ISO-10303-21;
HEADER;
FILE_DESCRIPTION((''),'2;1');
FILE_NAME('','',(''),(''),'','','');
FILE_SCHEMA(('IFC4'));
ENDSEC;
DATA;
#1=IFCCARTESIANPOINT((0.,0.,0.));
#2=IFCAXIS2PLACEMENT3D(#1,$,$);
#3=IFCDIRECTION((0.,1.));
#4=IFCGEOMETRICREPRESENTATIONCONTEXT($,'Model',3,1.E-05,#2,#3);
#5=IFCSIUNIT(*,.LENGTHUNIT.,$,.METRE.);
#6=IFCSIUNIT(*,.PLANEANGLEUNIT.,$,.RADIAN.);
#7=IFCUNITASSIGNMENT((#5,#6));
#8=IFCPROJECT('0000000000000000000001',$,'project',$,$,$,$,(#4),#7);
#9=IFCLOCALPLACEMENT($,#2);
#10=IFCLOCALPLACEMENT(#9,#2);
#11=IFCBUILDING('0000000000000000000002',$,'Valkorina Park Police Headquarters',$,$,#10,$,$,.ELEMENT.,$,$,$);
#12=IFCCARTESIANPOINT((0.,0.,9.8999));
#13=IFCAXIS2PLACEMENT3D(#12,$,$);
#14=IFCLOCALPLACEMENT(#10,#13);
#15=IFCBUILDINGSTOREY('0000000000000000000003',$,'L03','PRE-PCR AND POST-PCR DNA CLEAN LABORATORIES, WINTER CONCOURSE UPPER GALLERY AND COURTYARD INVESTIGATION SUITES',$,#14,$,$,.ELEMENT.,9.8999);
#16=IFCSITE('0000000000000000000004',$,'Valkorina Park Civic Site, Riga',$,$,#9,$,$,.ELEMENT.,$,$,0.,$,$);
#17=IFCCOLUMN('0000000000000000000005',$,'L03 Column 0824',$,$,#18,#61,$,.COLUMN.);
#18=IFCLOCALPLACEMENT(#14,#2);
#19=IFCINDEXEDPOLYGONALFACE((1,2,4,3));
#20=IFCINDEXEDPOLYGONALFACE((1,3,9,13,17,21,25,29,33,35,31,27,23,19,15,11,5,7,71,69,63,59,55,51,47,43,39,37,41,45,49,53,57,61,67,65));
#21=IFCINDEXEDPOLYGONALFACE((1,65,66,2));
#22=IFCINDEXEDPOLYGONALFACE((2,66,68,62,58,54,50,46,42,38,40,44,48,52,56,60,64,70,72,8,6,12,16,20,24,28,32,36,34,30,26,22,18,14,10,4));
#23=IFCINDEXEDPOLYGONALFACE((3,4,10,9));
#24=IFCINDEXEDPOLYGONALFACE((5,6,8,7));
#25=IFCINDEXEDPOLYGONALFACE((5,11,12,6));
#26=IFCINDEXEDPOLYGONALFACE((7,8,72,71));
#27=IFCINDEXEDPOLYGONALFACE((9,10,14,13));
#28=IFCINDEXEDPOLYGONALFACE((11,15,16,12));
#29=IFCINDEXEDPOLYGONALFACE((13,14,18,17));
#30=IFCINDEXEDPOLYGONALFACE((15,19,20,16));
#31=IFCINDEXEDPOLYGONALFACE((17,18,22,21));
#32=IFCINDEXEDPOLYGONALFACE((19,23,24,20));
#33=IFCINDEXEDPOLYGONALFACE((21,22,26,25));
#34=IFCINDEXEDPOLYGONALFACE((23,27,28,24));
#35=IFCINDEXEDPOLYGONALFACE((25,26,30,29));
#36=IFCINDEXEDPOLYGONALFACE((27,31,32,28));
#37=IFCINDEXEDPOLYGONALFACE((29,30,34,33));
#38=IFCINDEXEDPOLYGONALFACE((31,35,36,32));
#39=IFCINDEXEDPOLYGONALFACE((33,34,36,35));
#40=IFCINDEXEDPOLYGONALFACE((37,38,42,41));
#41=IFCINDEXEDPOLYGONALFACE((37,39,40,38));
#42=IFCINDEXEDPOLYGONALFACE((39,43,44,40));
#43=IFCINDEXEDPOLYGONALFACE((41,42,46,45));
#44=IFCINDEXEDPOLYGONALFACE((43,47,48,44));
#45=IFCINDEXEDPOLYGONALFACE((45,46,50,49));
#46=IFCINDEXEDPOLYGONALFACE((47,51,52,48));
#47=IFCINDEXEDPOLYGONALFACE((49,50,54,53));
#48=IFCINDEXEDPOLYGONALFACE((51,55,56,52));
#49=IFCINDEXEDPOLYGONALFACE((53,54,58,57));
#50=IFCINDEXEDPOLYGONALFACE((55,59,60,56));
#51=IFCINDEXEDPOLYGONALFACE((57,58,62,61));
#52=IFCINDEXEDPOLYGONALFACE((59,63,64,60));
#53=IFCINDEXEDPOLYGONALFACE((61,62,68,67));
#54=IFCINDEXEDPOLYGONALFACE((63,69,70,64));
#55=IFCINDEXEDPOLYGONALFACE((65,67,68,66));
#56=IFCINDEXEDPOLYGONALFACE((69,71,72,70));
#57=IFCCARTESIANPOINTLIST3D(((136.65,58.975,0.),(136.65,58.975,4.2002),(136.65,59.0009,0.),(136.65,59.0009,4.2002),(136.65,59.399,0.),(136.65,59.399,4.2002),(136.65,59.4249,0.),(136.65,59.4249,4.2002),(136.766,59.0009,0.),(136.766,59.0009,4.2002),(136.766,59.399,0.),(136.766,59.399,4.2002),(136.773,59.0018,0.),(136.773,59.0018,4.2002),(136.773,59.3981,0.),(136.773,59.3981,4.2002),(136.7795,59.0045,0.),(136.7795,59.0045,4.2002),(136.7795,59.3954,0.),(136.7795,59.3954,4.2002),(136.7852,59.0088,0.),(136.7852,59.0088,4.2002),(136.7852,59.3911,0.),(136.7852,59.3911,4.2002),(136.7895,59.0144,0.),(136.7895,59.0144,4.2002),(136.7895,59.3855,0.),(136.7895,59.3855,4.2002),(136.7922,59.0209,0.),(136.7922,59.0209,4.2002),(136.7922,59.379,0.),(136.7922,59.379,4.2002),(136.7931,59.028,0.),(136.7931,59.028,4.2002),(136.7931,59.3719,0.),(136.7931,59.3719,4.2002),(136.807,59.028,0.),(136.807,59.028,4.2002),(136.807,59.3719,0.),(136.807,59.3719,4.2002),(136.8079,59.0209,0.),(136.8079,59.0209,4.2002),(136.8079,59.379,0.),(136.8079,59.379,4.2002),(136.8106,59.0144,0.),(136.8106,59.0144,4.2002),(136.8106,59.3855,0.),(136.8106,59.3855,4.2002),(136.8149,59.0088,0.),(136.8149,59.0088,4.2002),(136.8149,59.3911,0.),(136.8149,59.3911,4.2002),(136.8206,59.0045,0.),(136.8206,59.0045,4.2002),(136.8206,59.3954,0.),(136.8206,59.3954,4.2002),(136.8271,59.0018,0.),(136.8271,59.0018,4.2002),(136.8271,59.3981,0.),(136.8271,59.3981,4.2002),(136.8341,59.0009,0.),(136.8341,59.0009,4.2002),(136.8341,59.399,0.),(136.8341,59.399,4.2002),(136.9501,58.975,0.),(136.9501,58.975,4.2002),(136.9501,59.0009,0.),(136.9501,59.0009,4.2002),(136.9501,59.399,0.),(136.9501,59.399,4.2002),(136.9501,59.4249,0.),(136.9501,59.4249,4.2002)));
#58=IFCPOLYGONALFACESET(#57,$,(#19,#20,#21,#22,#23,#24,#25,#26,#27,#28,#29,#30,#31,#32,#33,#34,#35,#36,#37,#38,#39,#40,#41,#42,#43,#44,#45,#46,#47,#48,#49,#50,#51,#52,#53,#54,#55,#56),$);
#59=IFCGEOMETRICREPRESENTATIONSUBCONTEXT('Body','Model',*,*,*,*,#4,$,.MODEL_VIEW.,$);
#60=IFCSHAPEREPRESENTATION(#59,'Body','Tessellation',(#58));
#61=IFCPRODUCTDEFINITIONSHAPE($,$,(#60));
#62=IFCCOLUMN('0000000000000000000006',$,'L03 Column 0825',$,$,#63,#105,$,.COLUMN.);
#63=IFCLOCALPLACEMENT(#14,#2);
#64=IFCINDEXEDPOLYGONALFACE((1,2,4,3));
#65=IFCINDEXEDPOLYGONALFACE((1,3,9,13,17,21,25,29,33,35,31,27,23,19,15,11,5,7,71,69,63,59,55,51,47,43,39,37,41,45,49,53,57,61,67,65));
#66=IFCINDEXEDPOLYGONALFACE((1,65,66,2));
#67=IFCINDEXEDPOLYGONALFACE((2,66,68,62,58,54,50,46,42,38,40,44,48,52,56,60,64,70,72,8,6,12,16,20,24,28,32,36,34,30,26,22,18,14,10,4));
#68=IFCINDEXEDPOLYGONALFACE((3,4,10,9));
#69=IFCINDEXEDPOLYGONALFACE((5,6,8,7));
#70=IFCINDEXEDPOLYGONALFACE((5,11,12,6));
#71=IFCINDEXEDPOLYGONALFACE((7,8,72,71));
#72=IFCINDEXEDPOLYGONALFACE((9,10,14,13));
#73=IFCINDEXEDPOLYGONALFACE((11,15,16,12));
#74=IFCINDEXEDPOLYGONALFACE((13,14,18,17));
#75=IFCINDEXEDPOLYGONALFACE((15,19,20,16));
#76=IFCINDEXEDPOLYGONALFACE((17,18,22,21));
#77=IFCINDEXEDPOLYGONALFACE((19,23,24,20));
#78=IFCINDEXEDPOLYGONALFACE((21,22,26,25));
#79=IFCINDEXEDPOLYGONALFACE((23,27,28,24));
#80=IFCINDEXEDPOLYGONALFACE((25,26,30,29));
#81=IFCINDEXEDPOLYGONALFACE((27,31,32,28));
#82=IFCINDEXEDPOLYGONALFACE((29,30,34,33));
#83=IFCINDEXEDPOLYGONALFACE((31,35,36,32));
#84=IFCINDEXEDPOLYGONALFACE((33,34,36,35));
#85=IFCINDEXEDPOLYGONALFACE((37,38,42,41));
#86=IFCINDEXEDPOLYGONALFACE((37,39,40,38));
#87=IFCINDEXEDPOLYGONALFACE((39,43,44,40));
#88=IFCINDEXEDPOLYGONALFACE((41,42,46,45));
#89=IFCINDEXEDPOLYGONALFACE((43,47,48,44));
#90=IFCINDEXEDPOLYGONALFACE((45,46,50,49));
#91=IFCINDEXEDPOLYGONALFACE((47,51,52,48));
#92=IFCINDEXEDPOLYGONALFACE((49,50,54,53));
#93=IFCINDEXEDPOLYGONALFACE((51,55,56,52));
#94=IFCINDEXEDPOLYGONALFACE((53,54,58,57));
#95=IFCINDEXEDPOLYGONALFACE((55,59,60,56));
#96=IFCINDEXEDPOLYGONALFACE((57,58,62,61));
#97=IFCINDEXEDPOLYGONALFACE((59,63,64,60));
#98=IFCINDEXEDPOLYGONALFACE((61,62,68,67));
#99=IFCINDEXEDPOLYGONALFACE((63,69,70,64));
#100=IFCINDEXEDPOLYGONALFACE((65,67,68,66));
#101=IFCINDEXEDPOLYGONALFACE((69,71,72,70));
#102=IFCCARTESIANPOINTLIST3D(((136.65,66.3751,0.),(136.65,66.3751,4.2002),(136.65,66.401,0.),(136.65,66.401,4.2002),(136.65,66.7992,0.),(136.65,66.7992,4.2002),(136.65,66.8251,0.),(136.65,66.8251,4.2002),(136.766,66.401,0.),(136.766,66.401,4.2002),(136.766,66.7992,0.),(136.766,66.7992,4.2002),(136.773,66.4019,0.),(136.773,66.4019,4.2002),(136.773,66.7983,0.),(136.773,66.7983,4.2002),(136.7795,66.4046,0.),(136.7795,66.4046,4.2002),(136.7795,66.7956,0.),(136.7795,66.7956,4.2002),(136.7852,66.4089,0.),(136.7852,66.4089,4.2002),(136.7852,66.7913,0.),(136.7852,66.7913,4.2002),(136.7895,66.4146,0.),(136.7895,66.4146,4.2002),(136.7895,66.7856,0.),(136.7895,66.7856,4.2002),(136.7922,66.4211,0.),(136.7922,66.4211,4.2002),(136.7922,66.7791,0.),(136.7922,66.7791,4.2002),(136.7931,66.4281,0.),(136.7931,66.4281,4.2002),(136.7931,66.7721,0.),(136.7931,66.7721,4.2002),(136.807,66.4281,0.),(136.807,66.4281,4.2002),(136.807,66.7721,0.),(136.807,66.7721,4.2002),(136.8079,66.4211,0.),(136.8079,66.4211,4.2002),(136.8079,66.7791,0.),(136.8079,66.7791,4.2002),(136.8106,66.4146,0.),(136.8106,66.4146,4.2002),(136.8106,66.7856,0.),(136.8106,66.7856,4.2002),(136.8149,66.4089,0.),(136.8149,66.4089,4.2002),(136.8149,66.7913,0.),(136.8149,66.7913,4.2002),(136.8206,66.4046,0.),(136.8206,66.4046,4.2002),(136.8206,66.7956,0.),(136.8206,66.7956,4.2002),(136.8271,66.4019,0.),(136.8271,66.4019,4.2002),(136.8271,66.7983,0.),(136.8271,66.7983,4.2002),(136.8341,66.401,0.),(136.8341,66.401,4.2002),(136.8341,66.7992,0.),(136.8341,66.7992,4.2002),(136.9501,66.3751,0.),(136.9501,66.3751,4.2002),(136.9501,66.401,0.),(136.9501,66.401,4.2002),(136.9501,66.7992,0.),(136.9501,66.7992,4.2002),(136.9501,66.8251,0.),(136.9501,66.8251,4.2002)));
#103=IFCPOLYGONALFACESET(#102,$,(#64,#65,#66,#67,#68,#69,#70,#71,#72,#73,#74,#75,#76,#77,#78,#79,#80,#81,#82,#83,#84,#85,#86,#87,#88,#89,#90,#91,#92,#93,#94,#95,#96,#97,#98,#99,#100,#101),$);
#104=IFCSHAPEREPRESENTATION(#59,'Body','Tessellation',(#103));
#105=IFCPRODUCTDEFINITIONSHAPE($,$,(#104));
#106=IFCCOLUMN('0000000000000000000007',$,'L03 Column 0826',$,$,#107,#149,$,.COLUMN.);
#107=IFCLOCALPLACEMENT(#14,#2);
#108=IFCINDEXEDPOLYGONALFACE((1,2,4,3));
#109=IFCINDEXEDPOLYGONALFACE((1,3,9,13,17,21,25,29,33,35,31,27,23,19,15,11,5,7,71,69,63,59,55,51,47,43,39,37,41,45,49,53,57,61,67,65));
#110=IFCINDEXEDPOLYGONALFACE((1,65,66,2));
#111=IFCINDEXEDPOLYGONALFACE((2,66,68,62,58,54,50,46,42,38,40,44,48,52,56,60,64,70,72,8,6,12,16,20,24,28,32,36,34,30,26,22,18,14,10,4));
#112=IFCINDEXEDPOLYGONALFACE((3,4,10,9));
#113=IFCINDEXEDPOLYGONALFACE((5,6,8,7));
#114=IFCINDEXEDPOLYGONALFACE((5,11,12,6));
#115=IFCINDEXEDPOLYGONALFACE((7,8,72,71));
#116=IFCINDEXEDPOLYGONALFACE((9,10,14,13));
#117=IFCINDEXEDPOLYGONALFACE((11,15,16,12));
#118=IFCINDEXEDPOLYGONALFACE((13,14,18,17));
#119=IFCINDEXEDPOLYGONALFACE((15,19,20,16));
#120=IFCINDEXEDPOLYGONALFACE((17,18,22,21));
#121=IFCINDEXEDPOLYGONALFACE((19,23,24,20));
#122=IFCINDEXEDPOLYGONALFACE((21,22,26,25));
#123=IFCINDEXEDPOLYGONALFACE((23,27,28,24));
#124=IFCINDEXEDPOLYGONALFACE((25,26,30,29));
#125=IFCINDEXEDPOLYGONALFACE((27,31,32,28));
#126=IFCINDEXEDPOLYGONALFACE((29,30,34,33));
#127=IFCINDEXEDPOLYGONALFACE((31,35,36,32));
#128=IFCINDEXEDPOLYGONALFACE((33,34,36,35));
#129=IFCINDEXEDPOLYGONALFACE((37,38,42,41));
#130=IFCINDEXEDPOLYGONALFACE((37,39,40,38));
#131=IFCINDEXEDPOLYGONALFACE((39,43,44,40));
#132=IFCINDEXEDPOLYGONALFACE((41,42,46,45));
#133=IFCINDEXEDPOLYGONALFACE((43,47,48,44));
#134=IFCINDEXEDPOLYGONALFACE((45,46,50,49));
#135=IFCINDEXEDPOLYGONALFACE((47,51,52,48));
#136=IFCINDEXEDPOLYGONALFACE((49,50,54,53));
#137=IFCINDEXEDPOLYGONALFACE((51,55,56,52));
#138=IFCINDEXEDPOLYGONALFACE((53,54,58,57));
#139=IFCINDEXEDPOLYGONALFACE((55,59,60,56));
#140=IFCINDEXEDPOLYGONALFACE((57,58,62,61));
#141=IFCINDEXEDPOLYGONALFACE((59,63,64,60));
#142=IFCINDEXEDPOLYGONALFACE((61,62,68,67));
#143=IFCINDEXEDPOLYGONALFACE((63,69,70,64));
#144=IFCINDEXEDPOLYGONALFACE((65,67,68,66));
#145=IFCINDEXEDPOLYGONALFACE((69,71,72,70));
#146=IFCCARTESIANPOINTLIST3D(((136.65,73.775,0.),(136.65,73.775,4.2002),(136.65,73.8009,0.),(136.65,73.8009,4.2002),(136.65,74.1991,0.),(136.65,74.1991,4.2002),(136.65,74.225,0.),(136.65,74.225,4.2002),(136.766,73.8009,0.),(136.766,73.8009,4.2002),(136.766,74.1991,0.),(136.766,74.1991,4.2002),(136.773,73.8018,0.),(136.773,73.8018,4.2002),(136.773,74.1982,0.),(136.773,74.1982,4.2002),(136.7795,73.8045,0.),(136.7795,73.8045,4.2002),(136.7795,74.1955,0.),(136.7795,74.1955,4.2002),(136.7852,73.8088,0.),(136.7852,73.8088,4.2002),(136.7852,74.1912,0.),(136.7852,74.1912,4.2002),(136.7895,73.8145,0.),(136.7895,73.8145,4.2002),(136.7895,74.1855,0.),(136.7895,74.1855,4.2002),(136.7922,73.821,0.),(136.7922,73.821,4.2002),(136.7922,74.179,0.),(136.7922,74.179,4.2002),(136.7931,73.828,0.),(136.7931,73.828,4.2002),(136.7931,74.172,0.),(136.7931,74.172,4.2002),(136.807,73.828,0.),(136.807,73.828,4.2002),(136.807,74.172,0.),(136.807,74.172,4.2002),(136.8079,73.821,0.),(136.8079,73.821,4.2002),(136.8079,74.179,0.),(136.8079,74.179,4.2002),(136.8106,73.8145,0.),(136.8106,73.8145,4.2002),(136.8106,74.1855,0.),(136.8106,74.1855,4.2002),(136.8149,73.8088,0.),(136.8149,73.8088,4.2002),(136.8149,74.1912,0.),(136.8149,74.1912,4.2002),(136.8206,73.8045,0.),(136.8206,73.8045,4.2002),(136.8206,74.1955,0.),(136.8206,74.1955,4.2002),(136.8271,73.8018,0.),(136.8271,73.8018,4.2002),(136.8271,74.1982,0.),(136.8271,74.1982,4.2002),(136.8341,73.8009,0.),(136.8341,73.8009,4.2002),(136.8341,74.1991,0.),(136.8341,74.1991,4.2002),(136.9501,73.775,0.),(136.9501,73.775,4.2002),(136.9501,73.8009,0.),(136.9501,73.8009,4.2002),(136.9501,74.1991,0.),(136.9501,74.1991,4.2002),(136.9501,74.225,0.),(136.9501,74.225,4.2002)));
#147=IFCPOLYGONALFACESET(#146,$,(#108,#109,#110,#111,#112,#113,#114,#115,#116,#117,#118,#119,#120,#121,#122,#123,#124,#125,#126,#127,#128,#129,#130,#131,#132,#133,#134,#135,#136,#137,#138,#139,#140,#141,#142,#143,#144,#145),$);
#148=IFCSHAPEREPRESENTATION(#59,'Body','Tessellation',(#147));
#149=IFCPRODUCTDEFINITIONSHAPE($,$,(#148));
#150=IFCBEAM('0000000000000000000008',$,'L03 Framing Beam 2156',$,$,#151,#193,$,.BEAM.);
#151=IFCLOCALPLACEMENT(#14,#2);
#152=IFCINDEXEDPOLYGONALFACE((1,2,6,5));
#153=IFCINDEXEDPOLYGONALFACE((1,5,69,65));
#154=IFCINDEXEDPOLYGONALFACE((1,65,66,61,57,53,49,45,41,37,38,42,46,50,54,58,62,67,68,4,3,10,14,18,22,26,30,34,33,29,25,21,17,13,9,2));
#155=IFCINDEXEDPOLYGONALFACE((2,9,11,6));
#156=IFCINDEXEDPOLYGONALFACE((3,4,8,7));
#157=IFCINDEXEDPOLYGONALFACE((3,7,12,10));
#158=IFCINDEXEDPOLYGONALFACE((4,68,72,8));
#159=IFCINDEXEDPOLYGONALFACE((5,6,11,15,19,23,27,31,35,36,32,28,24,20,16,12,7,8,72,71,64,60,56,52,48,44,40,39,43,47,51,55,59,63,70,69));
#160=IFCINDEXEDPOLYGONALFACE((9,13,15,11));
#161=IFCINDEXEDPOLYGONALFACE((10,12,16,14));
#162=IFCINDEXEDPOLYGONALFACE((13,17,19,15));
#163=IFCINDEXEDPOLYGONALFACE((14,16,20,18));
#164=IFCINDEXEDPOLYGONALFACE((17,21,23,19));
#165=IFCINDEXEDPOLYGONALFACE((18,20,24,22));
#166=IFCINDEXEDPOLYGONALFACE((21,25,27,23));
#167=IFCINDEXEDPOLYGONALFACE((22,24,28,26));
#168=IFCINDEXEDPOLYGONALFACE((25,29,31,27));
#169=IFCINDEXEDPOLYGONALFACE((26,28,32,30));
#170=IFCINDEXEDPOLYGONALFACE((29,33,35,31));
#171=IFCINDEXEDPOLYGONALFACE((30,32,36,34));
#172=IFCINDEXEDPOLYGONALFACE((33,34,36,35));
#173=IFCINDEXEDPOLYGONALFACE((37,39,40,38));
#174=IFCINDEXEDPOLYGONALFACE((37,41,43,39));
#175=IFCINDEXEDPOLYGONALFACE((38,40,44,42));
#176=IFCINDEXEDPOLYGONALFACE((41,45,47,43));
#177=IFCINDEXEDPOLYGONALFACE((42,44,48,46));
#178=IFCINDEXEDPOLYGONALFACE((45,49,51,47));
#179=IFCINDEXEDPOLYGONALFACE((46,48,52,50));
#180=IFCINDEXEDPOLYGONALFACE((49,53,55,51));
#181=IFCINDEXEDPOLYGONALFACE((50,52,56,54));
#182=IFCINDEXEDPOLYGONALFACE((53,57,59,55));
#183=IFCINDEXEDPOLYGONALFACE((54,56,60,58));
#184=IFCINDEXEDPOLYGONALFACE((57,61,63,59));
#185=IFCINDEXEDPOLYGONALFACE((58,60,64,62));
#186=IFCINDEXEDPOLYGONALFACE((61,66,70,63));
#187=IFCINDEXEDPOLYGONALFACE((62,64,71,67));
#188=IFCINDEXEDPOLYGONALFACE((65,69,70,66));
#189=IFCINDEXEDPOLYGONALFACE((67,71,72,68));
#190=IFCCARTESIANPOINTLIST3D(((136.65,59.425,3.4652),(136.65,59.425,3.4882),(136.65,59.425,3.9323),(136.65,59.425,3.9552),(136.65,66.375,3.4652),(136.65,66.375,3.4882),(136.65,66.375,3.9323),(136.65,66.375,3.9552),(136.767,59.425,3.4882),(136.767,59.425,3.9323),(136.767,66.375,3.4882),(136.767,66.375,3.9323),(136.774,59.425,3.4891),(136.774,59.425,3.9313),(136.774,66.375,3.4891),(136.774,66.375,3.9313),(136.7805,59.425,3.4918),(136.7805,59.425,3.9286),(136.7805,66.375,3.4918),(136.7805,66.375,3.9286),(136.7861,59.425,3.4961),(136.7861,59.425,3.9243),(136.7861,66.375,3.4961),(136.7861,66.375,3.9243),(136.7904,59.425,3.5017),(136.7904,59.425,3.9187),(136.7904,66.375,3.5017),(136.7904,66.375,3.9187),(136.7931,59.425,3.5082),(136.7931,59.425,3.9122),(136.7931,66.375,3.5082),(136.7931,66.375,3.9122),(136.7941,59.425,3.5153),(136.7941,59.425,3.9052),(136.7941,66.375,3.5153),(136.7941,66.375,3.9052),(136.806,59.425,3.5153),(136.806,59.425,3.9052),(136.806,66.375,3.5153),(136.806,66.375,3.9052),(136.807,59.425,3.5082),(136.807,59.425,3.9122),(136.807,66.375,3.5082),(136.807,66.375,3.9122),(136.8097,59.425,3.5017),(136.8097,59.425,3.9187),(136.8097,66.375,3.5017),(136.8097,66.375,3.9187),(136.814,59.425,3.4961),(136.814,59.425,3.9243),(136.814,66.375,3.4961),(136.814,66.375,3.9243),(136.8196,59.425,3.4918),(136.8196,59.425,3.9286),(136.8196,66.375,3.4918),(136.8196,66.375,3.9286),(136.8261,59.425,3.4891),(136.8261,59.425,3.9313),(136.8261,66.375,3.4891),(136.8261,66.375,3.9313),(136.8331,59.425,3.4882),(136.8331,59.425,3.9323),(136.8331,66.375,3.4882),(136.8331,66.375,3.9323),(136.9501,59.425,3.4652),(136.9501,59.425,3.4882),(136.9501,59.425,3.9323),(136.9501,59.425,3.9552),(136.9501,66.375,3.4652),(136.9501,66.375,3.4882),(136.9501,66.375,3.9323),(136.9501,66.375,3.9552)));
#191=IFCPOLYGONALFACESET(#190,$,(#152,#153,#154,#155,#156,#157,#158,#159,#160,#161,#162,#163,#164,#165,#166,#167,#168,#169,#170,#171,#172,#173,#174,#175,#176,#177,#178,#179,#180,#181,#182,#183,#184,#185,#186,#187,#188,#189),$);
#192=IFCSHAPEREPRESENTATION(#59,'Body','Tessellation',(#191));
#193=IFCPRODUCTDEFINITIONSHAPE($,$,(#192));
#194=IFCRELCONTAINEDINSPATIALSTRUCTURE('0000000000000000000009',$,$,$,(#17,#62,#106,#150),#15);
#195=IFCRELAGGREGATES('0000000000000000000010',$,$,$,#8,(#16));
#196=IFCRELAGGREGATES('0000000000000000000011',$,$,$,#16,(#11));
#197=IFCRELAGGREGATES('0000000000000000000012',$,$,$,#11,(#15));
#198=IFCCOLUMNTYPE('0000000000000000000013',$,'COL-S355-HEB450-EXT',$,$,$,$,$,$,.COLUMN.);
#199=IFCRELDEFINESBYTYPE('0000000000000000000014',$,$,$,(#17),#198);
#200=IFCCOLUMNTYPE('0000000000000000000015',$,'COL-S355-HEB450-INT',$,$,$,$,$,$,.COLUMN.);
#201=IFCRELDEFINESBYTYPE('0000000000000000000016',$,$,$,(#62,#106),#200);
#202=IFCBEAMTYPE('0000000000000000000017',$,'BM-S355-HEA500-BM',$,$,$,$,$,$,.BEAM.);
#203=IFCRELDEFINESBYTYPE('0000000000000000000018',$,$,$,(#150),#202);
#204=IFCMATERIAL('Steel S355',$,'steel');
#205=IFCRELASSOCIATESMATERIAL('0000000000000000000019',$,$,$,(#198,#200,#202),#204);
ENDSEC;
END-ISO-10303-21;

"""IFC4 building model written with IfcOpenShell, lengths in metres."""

from ifc_helpers import new_model, si_unit, direction, frame, origin, origin_2d, place, context, subcontext, project, spatial, i_section, extrude, material, material_profile, profile_set, type_object, element, save


model = new_model("IFC4")

# Units and contexts
model_context = context("Model", 3, precision=1e-05, world=origin(), true_north=direction((0.0, 1.0)))
body_context = subcontext(model_context, "Body", "Model", "MODEL_VIEW")
ifc_project = project(units=[si_unit("LENGTHUNIT", "METRE"), si_unit("PLANEANGLEUNIT", "RADIAN")], contexts=[model_context])

# Site, building, storey
site_placement = place(None, origin())
site = spatial("IfcSite", under=ifc_project, at=site_placement, Name="Valkorina Park Civic Site, Riga", CompositionType="ELEMENT", RefElevation=0.0)
building_placement = place(site_placement, origin())
building = spatial("IfcBuilding", under=site, at=building_placement, Name="Valkorina Park Police Headquarters", CompositionType="ELEMENT")
storey_placement = place(building_placement, frame((0.0, 0.0, 9.8999)))
storey = spatial("IfcBuildingStorey", under=building, at=storey_placement, Name="L03", Description="PRE-PCR AND POST-PCR DNA CLEAN LABORATORIES, WINTER CONCOURSE UPPER GALLERY AND COURTYARD INVESTIGATION SUITES", CompositionType="ELEMENT", Elevation=9.8999)

# Columns
ifc_material_1 = material(Name="Steel S355", Category="steel")
ifc_material_profile_1 = material_profile(ifc_material_1, i_section(OverallWidth=0.3, OverallDepth=0.45, WebThickness=0.0139, FlangeThickness=0.0259, FilletRadius=0.0271, at=origin_2d()), Name="HEB 450")
ifc_profile_set_1 = profile_set([ifc_material_profile_1], Name="Steel S355")
column_type_1 = type_object("IfcColumnType", Name="COL-S355-HEB450-EXT", PredefinedType="COLUMN", material=ifc_profile_set_1)
column_placement = place(storey_placement, frame((136.8, 59.2, 0.0), z_axis=(0.0, 0.0, 1.0), x_axis=(1.0, 0.0, 0.0)))
element("IfcColumn", 1, at=column_placement, inside=storey, type_object=column_type_1, Name="L03 Column 0824", PredefinedType="COLUMN", context=body_context, shape_type="SweptSolid", body=[
    extrude(i_section(OverallWidth=0.3, OverallDepth=0.45, WebThickness=0.0139, FlangeThickness=0.0259, FilletRadius=0.0271, at=origin_2d()), origin(), (0.0, 0.0, 1.0), 4.2002),
])
ifc_material_profile_2 = material_profile(ifc_material_1, i_section(OverallWidth=0.3, OverallDepth=0.45, WebThickness=0.0139, FlangeThickness=0.0259, FilletRadius=0.0271, at=origin_2d()), Name="HEB 450")
ifc_profile_set_2 = profile_set([ifc_material_profile_2], Name="Steel S355")
column_type_2 = type_object("IfcColumnType", Name="COL-S355-HEB450-INT", PredefinedType="COLUMN", material=ifc_profile_set_2)
for number, where, z_axis, x_axis, name in (
    (2, (136.8, 66.6001, 0.0), (0.0, 0.0, 1.0), (1.0, 0.0, 0.0), "L03 Column 0825"),
    (3, (136.8, 74.0, 0.0), (0.0, 0.0, 1.0), (1.0, 0.0, 0.0), "L03 Column 0826"),
):
    element("IfcColumn", number, at=place(storey_placement, frame(where, z_axis=z_axis, x_axis=x_axis)), inside=storey, type_object=column_type_2, Name=name, PredefinedType="COLUMN", context=body_context, shape_type="SweptSolid", body=[
        extrude(i_section(OverallWidth=0.3, OverallDepth=0.45, WebThickness=0.0139, FlangeThickness=0.0259, FilletRadius=0.0271, at=origin_2d()), origin(), (0.0, 0.0, 1.0), 4.2002),
    ])

# Beam
ifc_material_profile_3 = material_profile(ifc_material_1, i_section(OverallWidth=0.3, OverallDepth=0.49, WebThickness=0.012, FlangeThickness=0.0229, FilletRadius=0.0271, at=origin_2d()), Name="HEA 500")
ifc_profile_set_3 = profile_set([ifc_material_profile_3], Name="Steel S355")
beam_type_1 = type_object("IfcBeamType", Name="BM-S355-HEA500-BM", PredefinedType="BEAM", material=ifc_profile_set_3)
for number, where, z_axis, x_axis, name in (
    (4, (136.8, 59.425, 3.7102), (0.0, 1.0, 0.0), (-1.0, 0.0, 0.0), "L03 Framing Beam 2156"),
):
    element("IfcBeam", number, at=place(storey_placement, frame(where, z_axis=z_axis, x_axis=x_axis)), inside=storey, type_object=beam_type_1, Name=name, PredefinedType="BEAM", context=body_context, shape_type="SweptSolid", body=[
        extrude(i_section(OverallWidth=0.3, OverallDepth=0.49, WebThickness=0.012, FlangeThickness=0.0229, FilletRadius=0.0271, at=origin_2d()), origin(), (0.0, 0.0, 1.0), 6.95),
    ])

save(model, "model.ifc")
